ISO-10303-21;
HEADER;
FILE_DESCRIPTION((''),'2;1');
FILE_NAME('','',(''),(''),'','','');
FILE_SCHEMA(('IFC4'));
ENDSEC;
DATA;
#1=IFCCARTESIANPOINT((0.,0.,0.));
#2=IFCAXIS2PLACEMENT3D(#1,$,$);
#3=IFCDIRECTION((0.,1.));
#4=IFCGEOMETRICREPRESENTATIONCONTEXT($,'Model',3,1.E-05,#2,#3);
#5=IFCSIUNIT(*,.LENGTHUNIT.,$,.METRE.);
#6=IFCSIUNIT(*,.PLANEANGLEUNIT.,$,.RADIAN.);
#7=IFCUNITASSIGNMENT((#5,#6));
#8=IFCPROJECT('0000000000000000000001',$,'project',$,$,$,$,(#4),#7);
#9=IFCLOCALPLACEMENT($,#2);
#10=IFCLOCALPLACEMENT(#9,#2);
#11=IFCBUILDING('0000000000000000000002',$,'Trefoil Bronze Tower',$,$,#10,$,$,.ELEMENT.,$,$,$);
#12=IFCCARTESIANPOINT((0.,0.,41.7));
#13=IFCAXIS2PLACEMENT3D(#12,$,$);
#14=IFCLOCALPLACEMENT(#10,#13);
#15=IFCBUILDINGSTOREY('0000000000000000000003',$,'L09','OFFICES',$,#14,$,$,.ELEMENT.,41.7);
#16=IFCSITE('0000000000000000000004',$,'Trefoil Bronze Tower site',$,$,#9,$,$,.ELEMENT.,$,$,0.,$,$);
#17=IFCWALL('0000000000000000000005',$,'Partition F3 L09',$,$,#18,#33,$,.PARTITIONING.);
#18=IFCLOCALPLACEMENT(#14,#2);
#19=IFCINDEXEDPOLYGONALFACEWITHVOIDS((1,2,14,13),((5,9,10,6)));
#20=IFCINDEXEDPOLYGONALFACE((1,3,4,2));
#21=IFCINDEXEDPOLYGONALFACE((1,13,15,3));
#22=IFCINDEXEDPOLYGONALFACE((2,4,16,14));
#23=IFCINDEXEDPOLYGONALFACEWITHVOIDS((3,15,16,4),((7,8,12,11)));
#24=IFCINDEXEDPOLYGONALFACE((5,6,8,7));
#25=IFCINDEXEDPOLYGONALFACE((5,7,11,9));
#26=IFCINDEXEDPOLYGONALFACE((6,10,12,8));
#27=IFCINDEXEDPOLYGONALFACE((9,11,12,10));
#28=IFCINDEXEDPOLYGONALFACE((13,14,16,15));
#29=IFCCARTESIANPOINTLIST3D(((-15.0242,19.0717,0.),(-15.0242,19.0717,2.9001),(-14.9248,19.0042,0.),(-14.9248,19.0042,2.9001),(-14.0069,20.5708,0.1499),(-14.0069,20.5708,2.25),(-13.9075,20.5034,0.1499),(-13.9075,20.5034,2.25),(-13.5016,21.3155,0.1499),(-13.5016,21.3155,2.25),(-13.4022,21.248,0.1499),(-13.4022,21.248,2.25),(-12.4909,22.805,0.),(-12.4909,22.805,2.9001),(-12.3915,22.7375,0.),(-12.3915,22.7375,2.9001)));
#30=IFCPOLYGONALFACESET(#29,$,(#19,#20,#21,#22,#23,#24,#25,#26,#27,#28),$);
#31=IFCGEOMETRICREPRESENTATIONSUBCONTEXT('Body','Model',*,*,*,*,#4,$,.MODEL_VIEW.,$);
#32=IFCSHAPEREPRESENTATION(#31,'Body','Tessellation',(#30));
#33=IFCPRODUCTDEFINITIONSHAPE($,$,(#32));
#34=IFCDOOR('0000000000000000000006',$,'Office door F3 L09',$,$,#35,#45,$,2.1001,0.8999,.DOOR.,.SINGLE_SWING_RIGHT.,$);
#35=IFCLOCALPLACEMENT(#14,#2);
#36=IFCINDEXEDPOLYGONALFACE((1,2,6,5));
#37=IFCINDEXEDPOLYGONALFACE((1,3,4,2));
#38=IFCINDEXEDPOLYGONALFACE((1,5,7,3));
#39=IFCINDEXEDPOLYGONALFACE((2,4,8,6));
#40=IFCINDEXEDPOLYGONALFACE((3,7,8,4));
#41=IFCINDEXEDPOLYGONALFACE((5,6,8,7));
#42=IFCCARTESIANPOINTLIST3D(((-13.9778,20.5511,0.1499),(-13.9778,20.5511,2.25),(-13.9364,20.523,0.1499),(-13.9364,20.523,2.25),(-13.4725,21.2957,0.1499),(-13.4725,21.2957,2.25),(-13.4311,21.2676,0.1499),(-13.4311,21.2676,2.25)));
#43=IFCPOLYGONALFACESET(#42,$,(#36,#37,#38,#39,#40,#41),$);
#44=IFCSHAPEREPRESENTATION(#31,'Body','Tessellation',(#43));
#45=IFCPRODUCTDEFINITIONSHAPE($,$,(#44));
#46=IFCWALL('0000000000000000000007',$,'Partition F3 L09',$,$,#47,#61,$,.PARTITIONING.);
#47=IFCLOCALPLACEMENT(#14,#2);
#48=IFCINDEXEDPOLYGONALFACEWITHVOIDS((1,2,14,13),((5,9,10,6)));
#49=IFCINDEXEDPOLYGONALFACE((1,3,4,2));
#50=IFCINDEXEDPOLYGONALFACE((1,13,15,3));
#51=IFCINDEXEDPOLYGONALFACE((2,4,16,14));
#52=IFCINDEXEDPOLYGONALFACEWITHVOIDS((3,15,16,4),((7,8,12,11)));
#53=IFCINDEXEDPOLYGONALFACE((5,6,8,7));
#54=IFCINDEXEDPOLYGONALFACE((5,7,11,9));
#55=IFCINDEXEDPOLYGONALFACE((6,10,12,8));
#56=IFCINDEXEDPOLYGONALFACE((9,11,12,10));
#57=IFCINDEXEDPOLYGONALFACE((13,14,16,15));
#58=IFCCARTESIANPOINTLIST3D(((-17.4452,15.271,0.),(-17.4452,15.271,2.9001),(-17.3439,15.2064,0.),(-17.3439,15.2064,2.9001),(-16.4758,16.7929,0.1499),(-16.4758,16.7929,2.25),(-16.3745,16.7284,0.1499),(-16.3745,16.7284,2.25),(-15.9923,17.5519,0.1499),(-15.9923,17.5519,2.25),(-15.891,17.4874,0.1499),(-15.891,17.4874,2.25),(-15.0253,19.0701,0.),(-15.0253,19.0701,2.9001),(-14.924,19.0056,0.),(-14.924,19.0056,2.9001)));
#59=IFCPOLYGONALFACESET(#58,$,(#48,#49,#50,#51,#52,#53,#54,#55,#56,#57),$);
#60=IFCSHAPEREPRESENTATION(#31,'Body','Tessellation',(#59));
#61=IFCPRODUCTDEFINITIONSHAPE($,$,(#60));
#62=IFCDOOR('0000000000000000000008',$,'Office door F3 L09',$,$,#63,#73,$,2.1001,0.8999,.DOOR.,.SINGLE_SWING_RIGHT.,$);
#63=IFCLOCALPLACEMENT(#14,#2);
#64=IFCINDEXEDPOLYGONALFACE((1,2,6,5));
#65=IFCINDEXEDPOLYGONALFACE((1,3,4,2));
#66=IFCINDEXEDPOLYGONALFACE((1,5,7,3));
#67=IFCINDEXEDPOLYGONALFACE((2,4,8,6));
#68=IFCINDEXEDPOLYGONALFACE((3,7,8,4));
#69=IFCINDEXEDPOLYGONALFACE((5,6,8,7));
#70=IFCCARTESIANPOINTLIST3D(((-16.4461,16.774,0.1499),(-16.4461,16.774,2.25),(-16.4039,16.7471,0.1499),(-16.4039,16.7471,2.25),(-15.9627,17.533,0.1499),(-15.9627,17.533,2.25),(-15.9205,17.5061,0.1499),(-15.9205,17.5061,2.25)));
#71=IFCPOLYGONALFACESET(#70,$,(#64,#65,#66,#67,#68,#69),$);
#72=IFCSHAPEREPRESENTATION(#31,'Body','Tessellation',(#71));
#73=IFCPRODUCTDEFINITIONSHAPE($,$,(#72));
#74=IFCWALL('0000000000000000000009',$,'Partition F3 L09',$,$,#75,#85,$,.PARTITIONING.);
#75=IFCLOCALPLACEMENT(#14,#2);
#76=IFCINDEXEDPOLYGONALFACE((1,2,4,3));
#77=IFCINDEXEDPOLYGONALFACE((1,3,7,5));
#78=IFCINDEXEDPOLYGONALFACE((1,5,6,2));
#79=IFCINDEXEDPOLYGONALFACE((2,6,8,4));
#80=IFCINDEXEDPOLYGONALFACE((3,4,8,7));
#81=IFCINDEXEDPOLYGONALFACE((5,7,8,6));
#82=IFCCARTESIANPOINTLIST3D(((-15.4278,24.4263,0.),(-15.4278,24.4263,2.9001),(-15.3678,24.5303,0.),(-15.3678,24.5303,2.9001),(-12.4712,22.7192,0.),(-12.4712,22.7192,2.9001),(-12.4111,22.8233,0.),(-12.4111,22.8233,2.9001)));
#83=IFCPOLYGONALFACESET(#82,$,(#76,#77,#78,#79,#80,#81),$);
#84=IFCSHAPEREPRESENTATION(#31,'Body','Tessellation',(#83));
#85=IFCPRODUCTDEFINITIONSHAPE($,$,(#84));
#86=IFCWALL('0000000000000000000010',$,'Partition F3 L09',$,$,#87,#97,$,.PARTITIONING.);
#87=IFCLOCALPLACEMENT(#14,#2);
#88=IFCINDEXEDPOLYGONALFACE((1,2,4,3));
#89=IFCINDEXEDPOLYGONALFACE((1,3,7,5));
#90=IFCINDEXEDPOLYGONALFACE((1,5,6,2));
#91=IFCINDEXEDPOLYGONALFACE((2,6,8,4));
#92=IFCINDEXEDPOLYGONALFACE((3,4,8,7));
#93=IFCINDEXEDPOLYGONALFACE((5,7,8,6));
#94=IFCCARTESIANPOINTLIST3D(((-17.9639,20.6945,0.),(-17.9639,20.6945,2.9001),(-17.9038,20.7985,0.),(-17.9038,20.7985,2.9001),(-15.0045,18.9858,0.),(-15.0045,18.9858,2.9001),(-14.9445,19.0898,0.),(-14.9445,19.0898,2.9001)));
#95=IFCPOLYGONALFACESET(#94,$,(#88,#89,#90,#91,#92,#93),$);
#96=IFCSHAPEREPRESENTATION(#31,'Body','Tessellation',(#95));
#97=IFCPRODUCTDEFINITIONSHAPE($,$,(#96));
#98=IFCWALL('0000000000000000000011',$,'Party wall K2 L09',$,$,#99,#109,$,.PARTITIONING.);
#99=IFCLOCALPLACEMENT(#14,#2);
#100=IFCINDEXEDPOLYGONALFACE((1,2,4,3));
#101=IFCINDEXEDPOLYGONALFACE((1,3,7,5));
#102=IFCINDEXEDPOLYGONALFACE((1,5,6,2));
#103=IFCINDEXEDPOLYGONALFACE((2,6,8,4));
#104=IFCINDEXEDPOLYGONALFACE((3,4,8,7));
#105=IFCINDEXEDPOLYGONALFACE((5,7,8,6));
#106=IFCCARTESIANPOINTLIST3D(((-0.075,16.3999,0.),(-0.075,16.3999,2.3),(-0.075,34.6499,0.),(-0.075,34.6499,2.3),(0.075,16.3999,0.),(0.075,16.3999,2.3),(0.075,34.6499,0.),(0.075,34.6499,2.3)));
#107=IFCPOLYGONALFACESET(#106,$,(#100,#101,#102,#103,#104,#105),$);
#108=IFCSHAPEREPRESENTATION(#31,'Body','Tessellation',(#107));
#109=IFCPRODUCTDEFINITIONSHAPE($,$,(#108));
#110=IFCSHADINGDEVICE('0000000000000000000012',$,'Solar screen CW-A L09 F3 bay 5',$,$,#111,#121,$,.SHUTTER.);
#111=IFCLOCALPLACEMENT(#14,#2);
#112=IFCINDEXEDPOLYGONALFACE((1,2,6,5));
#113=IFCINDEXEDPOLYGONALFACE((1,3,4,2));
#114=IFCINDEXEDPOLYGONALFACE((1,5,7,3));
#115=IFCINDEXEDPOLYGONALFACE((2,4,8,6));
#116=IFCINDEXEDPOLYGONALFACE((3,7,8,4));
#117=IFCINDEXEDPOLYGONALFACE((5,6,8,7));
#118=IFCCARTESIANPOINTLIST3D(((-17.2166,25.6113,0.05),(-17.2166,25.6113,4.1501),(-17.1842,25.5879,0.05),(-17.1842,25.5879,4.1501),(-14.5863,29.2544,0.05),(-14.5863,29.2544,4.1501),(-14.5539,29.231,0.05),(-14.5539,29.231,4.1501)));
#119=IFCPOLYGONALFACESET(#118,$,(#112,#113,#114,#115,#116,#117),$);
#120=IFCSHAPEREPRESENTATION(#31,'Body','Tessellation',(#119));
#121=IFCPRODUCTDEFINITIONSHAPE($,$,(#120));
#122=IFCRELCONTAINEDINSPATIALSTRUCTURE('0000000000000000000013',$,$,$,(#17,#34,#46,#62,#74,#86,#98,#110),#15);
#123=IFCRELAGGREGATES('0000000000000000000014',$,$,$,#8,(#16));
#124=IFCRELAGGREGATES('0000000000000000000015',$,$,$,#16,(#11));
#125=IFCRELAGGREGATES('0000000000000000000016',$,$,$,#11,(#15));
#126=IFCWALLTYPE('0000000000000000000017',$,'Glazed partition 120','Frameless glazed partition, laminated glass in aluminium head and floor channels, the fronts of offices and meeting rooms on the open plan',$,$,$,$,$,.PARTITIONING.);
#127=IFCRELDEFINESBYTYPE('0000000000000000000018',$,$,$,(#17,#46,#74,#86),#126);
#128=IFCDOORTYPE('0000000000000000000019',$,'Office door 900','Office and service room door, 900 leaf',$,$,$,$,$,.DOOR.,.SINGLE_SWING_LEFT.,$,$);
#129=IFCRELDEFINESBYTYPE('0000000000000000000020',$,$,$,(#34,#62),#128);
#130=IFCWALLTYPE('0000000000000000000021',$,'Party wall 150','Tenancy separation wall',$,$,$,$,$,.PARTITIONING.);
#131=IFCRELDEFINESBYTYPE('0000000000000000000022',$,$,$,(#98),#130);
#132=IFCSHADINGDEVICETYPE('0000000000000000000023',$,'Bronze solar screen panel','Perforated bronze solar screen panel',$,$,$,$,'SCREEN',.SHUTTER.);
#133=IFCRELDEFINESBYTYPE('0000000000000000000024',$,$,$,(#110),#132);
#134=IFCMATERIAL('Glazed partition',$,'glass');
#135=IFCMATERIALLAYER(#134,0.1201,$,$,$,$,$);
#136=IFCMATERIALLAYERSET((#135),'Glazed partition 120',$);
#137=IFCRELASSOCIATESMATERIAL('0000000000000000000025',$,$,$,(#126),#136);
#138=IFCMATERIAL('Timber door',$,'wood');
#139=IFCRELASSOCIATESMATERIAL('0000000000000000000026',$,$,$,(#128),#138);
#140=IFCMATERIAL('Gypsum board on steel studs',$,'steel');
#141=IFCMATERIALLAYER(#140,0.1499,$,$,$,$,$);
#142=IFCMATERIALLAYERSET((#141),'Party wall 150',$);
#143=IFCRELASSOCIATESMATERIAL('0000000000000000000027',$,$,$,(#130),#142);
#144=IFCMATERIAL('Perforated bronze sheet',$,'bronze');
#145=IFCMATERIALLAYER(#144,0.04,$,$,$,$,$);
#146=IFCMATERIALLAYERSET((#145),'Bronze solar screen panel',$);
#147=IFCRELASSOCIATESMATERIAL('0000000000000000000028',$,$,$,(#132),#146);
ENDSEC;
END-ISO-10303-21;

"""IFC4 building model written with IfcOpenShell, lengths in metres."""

from ifc_helpers import new_model, si_unit, direction, frame, frame_2d, origin, origin_2d, place, context, subcontext, project, spatial, rectangle, extrude, material, layer, layer_set, type_object, element, fill, save


model = new_model("IFC4")

# Units and contexts
model_context = context("Model", 3, precision=1e-05, world=origin(), true_north=direction((0.0, 1.0)))
body_context = subcontext(model_context, "Body", "Model", "MODEL_VIEW")
ifc_project = project(units=[si_unit("LENGTHUNIT", "METRE"), si_unit("PLANEANGLEUNIT", "RADIAN")], contexts=[model_context])

# Site, building, storey
site_placement = place(None, origin())
site = spatial("IfcSite", under=ifc_project, at=site_placement, Name="Trefoil Bronze Tower site", CompositionType="ELEMENT", RefElevation=0.0)
building_placement = place(site_placement, origin())
building = spatial("IfcBuilding", under=site, at=building_placement, Name="Trefoil Bronze Tower", CompositionType="ELEMENT")
storey_placement = place(building_placement, frame((0.0, 0.0, 41.7)))
storey = spatial("IfcBuildingStorey", under=building, at=storey_placement, Name="L09", Description="OFFICES", CompositionType="ELEMENT", Elevation=41.7)

# Shared definitions
ifc_material_1 = material(Name="Glazed partition", Category="glass")
ifc_layer_1 = layer(ifc_material_1, 0.1201)
ifc_layer_set_1 = layer_set([ifc_layer_1], Name="Glazed partition 120")
wall_type_1 = type_object("IfcWallType", Name="Glazed partition 120", Description="Frameless glazed partition, laminated glass in aluminium head and floor channels, the fronts of offices and meeting rooms on the open plan", PredefinedType="PARTITIONING", material=ifc_layer_set_1)
ifc_material_2 = material(Name="Timber door", Category="wood")
door_type_1 = type_object("IfcDoorType", Name="Office door 900", Description="Office and service room door, 900 leaf", OperationType="SINGLE_SWING_LEFT", PredefinedType="DOOR", material=ifc_material_2)

# Walls, openings, doors
wall_1_placement = place(storey_placement, frame((-12.4412, 22.7712, 0.0), z_axis=(0.0, 0.0, 1.0), x_axis=(-0.561512, -0.827469, 0.0)))
wall_1 = element("IfcWall", 1, at=wall_1_placement, inside=storey, type_object=wall_type_1, Name="Partition F3 L09", PredefinedType="PARTITIONING", context=body_context, shape_type="SweptSolid", body=[
    extrude(rectangle(XDim=4.5117, YDim=0.1201, at=frame_2d((2.2559, 0.0))), origin(), (0.0, 0.0, 1.0), 2.9001),
])
opening_1_placement = place(wall_1_placement, frame((1.8, 0.0, 0.1499)))
opening_1 = element("IfcOpeningElement", 2, at=opening_1_placement, cuts=wall_1, PredefinedType="OPENING", context=body_context, shape_type="SweptSolid", body=[
    extrude(rectangle(XDim=0.8999, YDim=2.1001, at=frame_2d((0.45, 1.05))), frame((0.0, 0.0701, 0.0), z_axis=(0.0, -1.0, 0.0), x_axis=(1.0, 0.0, 0.0)), (0.0, 0.0, 1.0), 0.1401),
])
door_1_placement = place(opening_1_placement, frame((0.8999, 0.0, 0.0), z_axis=(0.0, 0.0, 1.0), x_axis=(-1.0, 0.0, 0.0)))
door_1 = element("IfcDoor", 3, at=door_1_placement, inside=storey, type_object=door_type_1, Name="Office door F3 L09", OperationType="SINGLE_SWING_RIGHT", OverallHeight=2.1001, OverallWidth=0.8999, PredefinedType="DOOR", context=body_context, shape_type="SweptSolid", body=[
    extrude(rectangle(XDim=0.8999, YDim=2.1001, at=frame_2d((0.45, 1.05))), frame((0.0, 0.0249, 0.0), z_axis=(0.0, -1.0, 0.0), x_axis=(1.0, 0.0, 0.0)), (0.0, 0.0, 1.0), 0.05),
])
fill(opening_1, door_1)
wall_2_placement = place(storey_placement, frame((-14.9746, 19.0378, 0.0), z_axis=(0.0, 0.0, 1.0), x_axis=(-0.537244, -0.843427, 0.0)))
wall_2 = element("IfcWall", 4, at=wall_2_placement, inside=storey, type_object=wall_type_1, Name="Partition F3 L09", PredefinedType="PARTITIONING", context=body_context, shape_type="SweptSolid", body=[
    extrude(rectangle(XDim=4.5044, YDim=0.1201, at=frame_2d((2.2522, 0.0))), origin(), (0.0, 0.0, 1.0), 2.9001),
])
opening_2_placement = place(wall_2_placement, frame((1.8, 0.0, 0.1499)))
opening_2 = element("IfcOpeningElement", 5, at=opening_2_placement, cuts=wall_2, PredefinedType="OPENING", context=body_context, shape_type="SweptSolid", body=[
    extrude(rectangle(XDim=0.8999, YDim=2.1001, at=frame_2d((0.45, 1.05))), frame((0.0, 0.0701, 0.0), z_axis=(0.0, -1.0, 0.0), x_axis=(1.0, 0.0, 0.0)), (0.0, 0.0, 1.0), 0.1401),
])
door_2_placement = place(opening_2_placement, frame((0.8999, 0.0, 0.0), z_axis=(0.0, 0.0, 1.0), x_axis=(-1.0, 0.0, 0.0)))
door_2 = element("IfcDoor", 6, at=door_2_placement, inside=storey, type_object=door_type_1, Name="Office door F3 L09", OperationType="SINGLE_SWING_RIGHT", OverallHeight=2.1001, OverallWidth=0.8999, PredefinedType="DOOR", context=body_context, shape_type="SweptSolid", body=[
    extrude(rectangle(XDim=0.8999, YDim=2.1001, at=frame_2d((0.45, 1.05))), frame((0.0, 0.0249, 0.0), z_axis=(0.0, -1.0, 0.0), x_axis=(1.0, 0.0, 0.0)), (0.0, 0.0, 1.0), 0.05),
])
fill(opening_2, door_2)

# Walls
wall_3_placement = place(storey_placement, frame((-12.4412, 22.7712, 0.0), z_axis=(0.0, 0.0, 1.0), x_axis=(-0.866016, 0.500015, 0.0)))
element("IfcWall", 7, at=wall_3_placement, inside=storey, type_object=wall_type_1, Name="Partition F3 L09", PredefinedType="PARTITIONING", context=body_context, shape_type="SweptSolid", body=[
    extrude(rectangle(XDim=3.4141, YDim=0.1201, at=frame_2d((1.707, 0.0))), origin(), (0.0, 0.0, 1.0), 2.9001),
])
wall_4_placement = place(storey_placement, frame((-14.9746, 19.0378, 0.0), z_axis=(0.0, 0.0, 1.0), x_axis=(-0.866014, 0.500019, 0.0)))
element("IfcWall", 8, at=wall_4_placement, inside=storey, type_object=wall_type_1, Name="Partition F3 L09", PredefinedType="PARTITIONING", context=body_context, shape_type="SweptSolid", body=[
    extrude(rectangle(XDim=3.4172, YDim=0.1201, at=frame_2d((1.7085, 0.0))), origin(), (0.0, 0.0, 1.0), 2.9001),
])
ifc_material_3 = material(Name="Gypsum board on steel studs", Category="steel")
ifc_layer_2 = layer(ifc_material_3, 0.1499)
ifc_layer_set_2 = layer_set([ifc_layer_2], Name="Party wall 150")
wall_type_2 = type_object("IfcWallType", Name="Party wall 150", Description="Tenancy separation wall", PredefinedType="PARTITIONING", material=ifc_layer_set_2)
wall_5_placement = place(storey_placement, frame((0.0, 16.3999, 0.0), z_axis=(0.0, 0.0, 1.0), x_axis=(0.0, 1.0, 0.0)))
element("IfcWall", 9, at=wall_5_placement, inside=storey, type_object=wall_type_2, Name="Party wall K2 L09", PredefinedType="PARTITIONING", context=body_context, shape_type="SweptSolid", body=[
    extrude(rectangle(XDim=18.25, YDim=0.1499, at=frame_2d((9.125, 0.0))), origin(), (0.0, 0.0, 1.0), 2.3),
])

# Shading device
ifc_material_4 = material(Name="Perforated bronze sheet", Category="bronze")
ifc_layer_3 = layer(ifc_material_4, 0.04)
ifc_layer_set_3 = layer_set([ifc_layer_3], Name="Bronze solar screen panel")
shading_device_type = type_object("IfcShadingDeviceType", Name="Bronze solar screen panel", Description="Perforated bronze solar screen panel", ElementType="SCREEN", PredefinedType="SHUTTER", material=ifc_layer_set_3)
shading_device_placement = place(storey_placement, frame((-15.8853, 27.4211, 0.05), z_axis=(0.0, 0.0, 1.0), x_axis=(-0.585373, -0.810764, 0.0)))
element("IfcShadingDevice", 10, at=shading_device_placement, inside=storey, type_object=shading_device_type, Name="Solar screen CW-A L09 F3 bay 5", PredefinedType="SHUTTER", context=body_context, shape_type="SweptSolid", body=[
    extrude(rectangle(XDim=4.4934, YDim=0.04, at=origin_2d()), origin(), (0.0, 0.0, 1.0), 4.1001),
])

save(model, "model.ifc")
